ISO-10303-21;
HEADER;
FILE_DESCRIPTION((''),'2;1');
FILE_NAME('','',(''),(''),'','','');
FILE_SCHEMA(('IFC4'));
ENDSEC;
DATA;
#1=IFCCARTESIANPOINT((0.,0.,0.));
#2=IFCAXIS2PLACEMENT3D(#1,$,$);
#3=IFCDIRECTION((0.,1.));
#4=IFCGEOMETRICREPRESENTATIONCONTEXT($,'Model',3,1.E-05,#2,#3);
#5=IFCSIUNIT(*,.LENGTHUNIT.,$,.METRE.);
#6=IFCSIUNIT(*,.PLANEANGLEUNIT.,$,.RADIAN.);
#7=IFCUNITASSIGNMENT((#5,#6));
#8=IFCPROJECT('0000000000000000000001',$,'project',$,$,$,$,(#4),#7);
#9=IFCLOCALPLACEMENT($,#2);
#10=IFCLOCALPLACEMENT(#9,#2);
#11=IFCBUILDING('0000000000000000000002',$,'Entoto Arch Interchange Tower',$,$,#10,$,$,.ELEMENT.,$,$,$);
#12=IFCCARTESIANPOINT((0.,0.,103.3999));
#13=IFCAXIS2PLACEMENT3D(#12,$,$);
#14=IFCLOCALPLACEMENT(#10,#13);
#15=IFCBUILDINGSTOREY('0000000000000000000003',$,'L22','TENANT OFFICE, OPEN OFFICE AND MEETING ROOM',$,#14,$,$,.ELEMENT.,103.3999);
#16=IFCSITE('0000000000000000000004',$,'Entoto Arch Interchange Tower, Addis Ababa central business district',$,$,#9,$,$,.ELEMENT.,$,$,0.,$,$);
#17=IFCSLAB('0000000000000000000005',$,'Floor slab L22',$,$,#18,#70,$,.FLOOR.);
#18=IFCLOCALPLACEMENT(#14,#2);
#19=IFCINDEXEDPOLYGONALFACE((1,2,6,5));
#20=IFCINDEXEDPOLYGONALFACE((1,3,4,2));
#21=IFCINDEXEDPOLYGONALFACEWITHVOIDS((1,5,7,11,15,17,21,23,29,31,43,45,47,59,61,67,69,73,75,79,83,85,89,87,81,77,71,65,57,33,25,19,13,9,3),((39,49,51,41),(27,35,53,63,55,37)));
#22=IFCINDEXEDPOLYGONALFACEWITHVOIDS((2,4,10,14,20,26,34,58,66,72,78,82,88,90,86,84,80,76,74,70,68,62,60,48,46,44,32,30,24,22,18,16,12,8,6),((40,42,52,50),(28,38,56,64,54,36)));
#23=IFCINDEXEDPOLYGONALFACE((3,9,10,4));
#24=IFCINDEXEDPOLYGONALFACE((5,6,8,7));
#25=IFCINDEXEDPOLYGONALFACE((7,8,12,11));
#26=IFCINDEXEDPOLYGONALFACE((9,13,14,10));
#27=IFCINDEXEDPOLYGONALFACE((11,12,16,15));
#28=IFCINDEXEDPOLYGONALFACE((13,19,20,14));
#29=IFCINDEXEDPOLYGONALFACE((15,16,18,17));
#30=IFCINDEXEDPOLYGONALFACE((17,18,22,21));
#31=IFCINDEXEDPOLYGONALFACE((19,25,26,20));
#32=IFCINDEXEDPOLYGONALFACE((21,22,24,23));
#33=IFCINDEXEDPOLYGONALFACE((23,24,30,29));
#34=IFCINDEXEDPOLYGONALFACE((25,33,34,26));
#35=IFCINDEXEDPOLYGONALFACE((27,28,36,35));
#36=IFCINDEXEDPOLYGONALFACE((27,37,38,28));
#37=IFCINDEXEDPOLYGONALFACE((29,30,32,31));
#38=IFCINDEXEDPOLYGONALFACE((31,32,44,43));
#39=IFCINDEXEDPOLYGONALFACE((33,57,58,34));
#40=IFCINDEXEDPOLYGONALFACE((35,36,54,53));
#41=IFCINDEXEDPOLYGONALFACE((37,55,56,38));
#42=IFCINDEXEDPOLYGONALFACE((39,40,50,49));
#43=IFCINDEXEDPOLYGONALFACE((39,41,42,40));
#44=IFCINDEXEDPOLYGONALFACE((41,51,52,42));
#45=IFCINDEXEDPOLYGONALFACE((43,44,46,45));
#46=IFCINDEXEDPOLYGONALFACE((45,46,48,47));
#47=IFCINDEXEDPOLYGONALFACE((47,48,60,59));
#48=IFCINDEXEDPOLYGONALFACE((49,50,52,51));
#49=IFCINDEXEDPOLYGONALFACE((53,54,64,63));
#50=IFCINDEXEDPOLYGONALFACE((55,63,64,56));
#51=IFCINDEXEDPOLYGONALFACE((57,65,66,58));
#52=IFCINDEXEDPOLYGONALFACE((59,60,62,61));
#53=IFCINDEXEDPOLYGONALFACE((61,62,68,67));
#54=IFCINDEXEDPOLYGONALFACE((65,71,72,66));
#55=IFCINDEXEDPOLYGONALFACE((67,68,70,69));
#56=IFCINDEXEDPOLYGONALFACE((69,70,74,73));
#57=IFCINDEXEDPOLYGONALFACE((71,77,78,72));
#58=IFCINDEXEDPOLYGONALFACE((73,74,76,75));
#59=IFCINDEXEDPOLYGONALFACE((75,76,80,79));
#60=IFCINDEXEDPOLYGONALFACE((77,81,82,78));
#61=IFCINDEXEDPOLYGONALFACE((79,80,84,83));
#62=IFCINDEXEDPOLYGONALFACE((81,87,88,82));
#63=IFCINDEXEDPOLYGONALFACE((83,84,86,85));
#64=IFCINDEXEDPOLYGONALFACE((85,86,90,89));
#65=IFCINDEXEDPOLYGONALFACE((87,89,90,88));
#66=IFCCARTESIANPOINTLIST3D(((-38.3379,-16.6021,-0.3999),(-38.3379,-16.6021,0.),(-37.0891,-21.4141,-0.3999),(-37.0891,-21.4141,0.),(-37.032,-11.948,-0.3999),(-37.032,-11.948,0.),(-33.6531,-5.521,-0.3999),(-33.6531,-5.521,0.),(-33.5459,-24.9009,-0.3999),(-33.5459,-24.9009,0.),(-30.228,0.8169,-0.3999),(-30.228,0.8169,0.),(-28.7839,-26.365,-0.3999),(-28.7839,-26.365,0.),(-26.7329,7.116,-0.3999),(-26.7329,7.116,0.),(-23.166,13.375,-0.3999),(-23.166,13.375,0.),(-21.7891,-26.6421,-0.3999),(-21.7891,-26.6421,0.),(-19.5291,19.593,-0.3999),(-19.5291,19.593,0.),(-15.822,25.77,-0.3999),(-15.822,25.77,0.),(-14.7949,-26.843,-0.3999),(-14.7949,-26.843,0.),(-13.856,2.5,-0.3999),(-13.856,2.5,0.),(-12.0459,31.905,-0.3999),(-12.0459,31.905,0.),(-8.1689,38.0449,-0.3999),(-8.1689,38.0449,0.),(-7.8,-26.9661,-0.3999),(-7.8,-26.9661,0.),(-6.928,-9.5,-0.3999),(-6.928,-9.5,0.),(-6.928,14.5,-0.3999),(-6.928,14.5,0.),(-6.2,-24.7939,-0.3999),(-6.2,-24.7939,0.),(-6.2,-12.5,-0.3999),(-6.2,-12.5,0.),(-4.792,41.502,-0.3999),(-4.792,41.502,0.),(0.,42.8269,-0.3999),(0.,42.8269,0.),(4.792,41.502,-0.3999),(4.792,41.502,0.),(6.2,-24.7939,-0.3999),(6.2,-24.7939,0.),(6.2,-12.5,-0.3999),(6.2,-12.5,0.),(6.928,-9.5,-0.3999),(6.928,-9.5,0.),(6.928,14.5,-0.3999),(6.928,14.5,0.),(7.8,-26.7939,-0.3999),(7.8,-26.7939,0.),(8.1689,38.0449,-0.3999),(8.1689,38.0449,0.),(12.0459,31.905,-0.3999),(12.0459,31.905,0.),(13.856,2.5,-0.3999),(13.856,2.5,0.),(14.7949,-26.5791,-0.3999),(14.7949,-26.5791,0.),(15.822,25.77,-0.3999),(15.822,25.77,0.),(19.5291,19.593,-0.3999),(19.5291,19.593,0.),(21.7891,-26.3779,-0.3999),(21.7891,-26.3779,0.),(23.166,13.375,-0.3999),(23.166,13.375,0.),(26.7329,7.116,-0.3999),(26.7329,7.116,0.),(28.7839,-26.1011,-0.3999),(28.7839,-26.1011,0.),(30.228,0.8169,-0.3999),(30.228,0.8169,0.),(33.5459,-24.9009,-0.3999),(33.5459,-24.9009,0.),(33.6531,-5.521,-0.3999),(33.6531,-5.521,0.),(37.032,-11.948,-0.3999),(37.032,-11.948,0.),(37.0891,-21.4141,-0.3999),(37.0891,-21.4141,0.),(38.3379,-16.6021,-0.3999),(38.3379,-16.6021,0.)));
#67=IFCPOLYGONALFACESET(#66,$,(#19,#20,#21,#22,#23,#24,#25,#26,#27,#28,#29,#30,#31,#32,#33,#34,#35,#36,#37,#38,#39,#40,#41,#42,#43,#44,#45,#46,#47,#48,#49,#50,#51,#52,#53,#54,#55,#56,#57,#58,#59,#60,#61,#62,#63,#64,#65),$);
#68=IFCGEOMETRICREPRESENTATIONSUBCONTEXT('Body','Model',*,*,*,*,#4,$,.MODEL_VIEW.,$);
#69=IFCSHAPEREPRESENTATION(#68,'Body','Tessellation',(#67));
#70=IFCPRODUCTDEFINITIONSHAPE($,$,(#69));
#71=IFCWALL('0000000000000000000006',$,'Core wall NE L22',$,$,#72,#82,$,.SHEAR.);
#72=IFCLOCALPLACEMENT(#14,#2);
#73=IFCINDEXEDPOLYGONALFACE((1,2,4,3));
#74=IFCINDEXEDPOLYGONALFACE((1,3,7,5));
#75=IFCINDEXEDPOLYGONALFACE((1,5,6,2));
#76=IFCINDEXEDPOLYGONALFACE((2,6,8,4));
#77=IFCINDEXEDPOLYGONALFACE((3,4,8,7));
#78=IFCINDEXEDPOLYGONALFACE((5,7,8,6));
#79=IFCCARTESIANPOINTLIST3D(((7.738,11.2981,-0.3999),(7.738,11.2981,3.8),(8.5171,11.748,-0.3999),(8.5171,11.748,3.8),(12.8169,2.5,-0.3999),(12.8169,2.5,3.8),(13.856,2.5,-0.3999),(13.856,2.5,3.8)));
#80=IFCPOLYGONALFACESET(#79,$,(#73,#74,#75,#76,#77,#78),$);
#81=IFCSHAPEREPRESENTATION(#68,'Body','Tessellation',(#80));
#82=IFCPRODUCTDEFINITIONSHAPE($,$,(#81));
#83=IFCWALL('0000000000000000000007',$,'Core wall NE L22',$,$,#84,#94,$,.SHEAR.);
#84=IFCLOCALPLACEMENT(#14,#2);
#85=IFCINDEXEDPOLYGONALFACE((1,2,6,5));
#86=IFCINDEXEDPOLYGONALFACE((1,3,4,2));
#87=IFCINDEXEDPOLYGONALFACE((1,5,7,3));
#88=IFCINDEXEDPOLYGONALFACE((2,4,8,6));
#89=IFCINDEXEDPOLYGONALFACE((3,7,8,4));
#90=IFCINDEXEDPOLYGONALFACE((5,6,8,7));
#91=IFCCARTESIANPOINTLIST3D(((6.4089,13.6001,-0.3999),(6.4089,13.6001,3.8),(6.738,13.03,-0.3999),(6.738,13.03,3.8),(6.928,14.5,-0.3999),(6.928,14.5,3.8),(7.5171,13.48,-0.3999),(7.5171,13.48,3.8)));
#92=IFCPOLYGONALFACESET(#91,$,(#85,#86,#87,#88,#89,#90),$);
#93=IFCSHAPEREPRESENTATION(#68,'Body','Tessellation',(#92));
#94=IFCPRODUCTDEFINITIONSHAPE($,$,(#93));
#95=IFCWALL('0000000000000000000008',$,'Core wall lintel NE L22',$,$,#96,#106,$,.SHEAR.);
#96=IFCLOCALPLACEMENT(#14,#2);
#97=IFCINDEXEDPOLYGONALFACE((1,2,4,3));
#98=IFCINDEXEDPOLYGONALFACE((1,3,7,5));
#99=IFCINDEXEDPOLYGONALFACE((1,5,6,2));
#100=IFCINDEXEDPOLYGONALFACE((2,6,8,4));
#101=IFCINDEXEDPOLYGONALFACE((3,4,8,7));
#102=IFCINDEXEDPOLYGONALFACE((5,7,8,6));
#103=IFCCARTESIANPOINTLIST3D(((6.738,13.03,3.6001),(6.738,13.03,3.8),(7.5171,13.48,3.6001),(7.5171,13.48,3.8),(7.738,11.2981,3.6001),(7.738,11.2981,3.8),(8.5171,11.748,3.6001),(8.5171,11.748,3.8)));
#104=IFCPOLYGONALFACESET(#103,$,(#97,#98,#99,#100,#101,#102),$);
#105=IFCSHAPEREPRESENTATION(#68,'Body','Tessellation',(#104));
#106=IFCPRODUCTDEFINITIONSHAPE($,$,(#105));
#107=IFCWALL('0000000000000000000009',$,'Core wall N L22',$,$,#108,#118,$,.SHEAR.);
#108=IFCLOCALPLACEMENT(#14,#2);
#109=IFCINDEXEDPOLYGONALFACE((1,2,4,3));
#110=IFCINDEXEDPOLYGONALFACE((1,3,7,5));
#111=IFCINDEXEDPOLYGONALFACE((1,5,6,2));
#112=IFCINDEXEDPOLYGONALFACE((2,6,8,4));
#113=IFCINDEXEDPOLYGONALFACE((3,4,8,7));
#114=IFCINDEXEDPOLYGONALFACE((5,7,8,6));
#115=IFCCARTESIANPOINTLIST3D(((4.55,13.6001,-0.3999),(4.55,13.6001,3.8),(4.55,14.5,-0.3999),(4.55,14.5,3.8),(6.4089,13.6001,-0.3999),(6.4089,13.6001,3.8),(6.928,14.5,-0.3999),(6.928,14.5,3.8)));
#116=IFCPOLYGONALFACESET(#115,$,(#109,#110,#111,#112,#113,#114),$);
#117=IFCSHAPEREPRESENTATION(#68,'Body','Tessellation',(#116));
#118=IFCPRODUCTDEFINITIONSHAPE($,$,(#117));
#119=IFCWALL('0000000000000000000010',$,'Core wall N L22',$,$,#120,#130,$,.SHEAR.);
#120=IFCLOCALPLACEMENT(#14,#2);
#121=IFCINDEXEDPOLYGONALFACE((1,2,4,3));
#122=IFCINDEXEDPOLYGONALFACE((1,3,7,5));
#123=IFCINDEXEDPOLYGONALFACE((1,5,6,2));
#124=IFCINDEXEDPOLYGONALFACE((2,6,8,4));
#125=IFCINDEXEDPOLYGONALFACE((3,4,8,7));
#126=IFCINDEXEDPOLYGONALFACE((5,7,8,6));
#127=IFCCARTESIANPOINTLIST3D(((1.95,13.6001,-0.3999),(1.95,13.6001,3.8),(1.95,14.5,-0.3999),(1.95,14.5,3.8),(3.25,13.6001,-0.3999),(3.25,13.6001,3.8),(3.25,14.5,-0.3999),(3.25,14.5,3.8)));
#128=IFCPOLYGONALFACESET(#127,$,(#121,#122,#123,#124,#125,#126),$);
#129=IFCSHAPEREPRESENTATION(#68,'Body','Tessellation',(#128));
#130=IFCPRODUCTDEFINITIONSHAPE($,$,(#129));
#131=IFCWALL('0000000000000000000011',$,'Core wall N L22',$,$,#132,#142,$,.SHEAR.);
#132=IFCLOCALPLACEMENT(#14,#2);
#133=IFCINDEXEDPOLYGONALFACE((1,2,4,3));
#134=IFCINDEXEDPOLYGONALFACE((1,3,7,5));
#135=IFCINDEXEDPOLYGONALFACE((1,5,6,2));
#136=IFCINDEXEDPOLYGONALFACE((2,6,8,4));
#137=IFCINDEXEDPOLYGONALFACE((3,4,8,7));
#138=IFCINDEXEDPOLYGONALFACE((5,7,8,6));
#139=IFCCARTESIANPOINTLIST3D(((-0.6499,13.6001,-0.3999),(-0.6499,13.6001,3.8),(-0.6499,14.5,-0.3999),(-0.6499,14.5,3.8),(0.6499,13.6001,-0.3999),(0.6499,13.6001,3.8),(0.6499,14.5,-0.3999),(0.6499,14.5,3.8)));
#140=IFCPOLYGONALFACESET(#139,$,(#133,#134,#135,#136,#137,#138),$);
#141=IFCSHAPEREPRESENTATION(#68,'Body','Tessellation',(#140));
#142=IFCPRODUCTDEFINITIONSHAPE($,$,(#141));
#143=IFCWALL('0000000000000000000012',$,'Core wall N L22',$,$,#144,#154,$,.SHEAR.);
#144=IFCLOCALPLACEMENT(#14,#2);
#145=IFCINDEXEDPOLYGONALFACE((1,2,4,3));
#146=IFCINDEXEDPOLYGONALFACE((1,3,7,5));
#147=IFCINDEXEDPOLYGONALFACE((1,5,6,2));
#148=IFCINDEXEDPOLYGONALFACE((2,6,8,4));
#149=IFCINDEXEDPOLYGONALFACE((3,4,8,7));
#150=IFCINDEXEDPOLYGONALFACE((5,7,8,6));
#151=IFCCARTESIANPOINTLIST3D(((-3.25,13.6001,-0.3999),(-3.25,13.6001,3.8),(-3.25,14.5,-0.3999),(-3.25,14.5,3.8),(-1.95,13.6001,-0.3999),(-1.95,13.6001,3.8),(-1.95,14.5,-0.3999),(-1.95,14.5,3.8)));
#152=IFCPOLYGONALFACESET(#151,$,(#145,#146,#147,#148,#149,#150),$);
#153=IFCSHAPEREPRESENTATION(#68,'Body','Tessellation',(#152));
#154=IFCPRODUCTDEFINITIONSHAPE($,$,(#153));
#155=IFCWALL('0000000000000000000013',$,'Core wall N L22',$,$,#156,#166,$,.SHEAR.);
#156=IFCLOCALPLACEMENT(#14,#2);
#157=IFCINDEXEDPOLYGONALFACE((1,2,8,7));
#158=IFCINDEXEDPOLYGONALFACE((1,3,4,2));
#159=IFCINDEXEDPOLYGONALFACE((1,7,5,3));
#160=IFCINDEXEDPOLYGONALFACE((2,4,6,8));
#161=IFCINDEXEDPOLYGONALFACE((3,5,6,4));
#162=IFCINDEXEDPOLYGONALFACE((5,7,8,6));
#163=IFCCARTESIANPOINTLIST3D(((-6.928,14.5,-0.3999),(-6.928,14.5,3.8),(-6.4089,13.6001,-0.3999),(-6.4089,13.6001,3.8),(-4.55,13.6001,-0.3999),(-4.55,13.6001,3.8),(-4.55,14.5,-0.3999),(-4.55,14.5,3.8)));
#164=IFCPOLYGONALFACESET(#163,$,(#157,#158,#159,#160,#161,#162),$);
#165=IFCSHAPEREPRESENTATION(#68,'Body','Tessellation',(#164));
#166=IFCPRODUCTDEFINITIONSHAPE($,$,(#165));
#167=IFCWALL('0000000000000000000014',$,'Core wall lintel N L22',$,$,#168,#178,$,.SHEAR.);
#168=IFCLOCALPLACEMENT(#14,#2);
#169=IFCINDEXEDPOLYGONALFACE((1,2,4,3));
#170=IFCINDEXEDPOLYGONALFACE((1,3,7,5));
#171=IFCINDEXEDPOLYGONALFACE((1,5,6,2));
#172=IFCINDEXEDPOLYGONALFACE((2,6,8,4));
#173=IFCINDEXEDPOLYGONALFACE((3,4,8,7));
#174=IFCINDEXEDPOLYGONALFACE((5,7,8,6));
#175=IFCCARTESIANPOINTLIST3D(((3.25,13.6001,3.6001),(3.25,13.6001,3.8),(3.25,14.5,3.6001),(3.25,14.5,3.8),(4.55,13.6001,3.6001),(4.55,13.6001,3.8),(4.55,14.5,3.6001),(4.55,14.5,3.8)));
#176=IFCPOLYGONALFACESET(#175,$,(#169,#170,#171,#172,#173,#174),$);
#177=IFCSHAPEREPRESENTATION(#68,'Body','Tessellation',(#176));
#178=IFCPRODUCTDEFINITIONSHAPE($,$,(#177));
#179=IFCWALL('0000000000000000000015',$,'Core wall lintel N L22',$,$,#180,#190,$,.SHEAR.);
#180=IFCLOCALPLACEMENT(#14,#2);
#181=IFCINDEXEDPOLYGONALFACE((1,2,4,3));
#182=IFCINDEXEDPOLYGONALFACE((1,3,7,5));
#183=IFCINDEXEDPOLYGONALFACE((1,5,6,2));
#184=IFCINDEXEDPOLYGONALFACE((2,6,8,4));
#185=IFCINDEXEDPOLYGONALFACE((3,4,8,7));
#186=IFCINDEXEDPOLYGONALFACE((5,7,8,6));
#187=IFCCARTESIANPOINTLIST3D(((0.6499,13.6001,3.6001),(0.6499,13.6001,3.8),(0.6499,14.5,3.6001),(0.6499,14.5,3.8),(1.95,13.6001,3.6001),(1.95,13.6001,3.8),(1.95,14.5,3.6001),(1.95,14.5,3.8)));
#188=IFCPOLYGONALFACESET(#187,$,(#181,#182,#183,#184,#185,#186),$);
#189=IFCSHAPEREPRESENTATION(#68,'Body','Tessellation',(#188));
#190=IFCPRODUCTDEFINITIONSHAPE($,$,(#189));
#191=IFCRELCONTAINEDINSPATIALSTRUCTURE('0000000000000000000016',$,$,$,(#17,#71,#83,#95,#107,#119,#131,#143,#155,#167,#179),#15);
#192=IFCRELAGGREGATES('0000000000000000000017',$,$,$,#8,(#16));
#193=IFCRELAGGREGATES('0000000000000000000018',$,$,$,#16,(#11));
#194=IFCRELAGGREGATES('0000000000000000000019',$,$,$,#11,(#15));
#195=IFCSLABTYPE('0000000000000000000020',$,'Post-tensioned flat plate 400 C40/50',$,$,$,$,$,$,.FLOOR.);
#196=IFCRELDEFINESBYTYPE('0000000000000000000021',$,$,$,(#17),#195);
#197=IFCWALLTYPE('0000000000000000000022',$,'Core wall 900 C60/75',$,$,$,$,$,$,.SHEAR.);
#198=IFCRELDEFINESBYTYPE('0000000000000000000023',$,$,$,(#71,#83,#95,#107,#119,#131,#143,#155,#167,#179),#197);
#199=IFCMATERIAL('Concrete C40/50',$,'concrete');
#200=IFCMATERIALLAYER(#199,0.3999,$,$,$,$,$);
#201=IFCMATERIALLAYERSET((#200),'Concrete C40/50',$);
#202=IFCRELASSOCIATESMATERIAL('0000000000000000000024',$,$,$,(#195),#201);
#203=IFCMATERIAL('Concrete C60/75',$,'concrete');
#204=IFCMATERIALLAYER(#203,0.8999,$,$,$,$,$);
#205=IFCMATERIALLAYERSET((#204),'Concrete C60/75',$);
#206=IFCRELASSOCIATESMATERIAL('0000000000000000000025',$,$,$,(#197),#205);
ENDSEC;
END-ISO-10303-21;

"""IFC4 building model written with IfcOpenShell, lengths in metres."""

from ifc_helpers import new_model, si_unit, direction, frame, origin, place, context, subcontext, project, spatial, polyline, outline, extrude, material, layer, layer_set, type_object, element, save


model = new_model("IFC4")

# Units and contexts
model_context = context("Model", 3, precision=1e-05, world=origin(), true_north=direction((0.0, 1.0)))
body_context = subcontext(model_context, "Body", "Model", "MODEL_VIEW")
ifc_project = project(units=[si_unit("LENGTHUNIT", "METRE"), si_unit("PLANEANGLEUNIT", "RADIAN")], contexts=[model_context])

# Site, building, storey
site_placement = place(None, origin())
site = spatial("IfcSite", under=ifc_project, at=site_placement, Name="Entoto Arch Interchange Tower, Addis Ababa central business district", CompositionType="ELEMENT", RefElevation=0.0)
building_placement = place(site_placement, origin())
building = spatial("IfcBuilding", under=site, at=building_placement, Name="Entoto Arch Interchange Tower", CompositionType="ELEMENT")
storey_placement = place(building_placement, frame((0.0, 0.0, 103.3999)))
storey = spatial("IfcBuildingStorey", under=building, at=storey_placement, Name="L22", Description="TENANT OFFICE, OPEN OFFICE AND MEETING ROOM", CompositionType="ELEMENT", Elevation=103.3999)

# Slab
ifc_material_1 = material(Name="Concrete C40/50", Category="concrete")
ifc_layer_1 = layer(ifc_material_1, 0.3999)
ifc_layer_set_1 = layer_set([ifc_layer_1], Name="Concrete C40/50")
slab_type = type_object("IfcSlabType", Name="Post-tensioned flat plate 400 C40/50", PredefinedType="FLOOR", material=ifc_layer_set_1)
slab_placement = place(storey_placement, frame((0.0, 0.0, -0.3999)))
element("IfcSlab", 1, at=slab_placement, inside=storey, type_object=slab_type, Name="Floor slab L22", PredefinedType="FLOOR", context=body_context, shape_type="SweptSolid", body=[
    extrude(outline(polyline([(-28.7839, -26.365), (-21.7891, -26.6421), (-14.7949, -26.843), (-7.8, -26.9661), (7.8, -26.7939), (14.7949, -26.5791), (21.7891, -26.3779), (28.7839, -26.1011), (33.5459, -24.9009), (37.0891, -21.4141), (38.3379, -16.6021), (37.032, -11.948), (33.6531, -5.521), (30.228, 0.8169), (26.7329, 7.116), (23.166, 13.375), (19.5291, 19.593), (15.822, 25.77), (12.0459, 31.905), (8.1689, 38.0449), (4.792, 41.502), (0.0, 42.8269), (-4.792, 41.502), (-8.1689, 38.0449), (-12.0459, 31.905), (-15.822, 25.77), (-19.5291, 19.593), (-23.166, 13.375), (-26.7329, 7.116), (-30.228, 0.8169), (-33.6531, -5.521), (-37.032, -11.948), (-38.3379, -16.6021), (-37.0891, -21.4141), (-33.5459, -24.9009), (-28.7839, -26.365)]), holes=[polyline([(6.2, -24.7939), (6.2, -12.5), (-6.2, -12.5), (-6.2, -24.7939), (6.2, -24.7939)]), polyline([(13.856, 2.5), (6.928, 14.5), (-6.928, 14.5), (-13.856, 2.5), (-6.928, -9.5), (6.928, -9.5), (13.856, 2.5)])]), origin(), (0.0, 0.0, 1.0), 0.3999),
])

# Walls
ifc_material_2 = material(Name="Concrete C60/75", Category="concrete")
ifc_layer_2 = layer(ifc_material_2, 0.8999)
ifc_layer_set_2 = layer_set([ifc_layer_2], Name="Concrete C60/75")
wall_type_1 = type_object("IfcWallType", Name="Core wall 900 C60/75", PredefinedType="SHEAR", material=ifc_layer_set_2)
wall_1_placement = place(storey_placement, frame((0.0, 0.0, -0.3999)))
element("IfcWall", 2, at=wall_1_placement, inside=storey, type_object=wall_type_1, Name="Core wall NE L22", PredefinedType="SHEAR", context=body_context, shape_type="SweptSolid", body=[
    extrude(outline(polyline([(8.5171, 11.748), (7.738, 11.2981), (12.8169, 2.5), (13.856, 2.5), (8.5171, 11.748)])), origin(), (0.0, 0.0, 1.0), 4.2),
])
wall_2_placement = place(storey_placement, frame((0.0, 0.0, -0.3999)))
element("IfcWall", 3, at=wall_2_placement, inside=storey, type_object=wall_type_1, Name="Core wall NE L22", PredefinedType="SHEAR", context=body_context, shape_type="SweptSolid", body=[
    extrude(outline(polyline([(6.738, 13.03), (7.5171, 13.48), (6.928, 14.5), (6.4089, 13.6001), (6.738, 13.03)])), origin(), (0.0, 0.0, 1.0), 4.2),
])
wall_3_placement = place(storey_placement, frame((0.0, 0.0, 3.6001)))
element("IfcWall", 4, at=wall_3_placement, inside=storey, type_object=wall_type_1, Name="Core wall lintel NE L22", PredefinedType="SHEAR", context=body_context, shape_type="SweptSolid", body=[
    extrude(outline(polyline([(7.5171, 13.48), (6.738, 13.03), (7.738, 11.2981), (8.5171, 11.748), (7.5171, 13.48)])), origin(), (0.0, 0.0, 1.0), 0.2),
])
wall_4_placement = place(storey_placement, frame((0.0, 0.0, -0.3999)))
element("IfcWall", 5, at=wall_4_placement, inside=storey, type_object=wall_type_1, Name="Core wall N L22", PredefinedType="SHEAR", context=body_context, shape_type="SweptSolid", body=[
    extrude(outline(polyline([(4.55, 14.5), (4.55, 13.6001), (6.4089, 13.6001), (6.928, 14.5), (4.55, 14.5)])), origin(), (0.0, 0.0, 1.0), 4.2),
])
wall_5_placement = place(storey_placement, frame((0.0, 0.0, -0.3999)))
element("IfcWall", 6, at=wall_5_placement, inside=storey, type_object=wall_type_1, Name="Core wall N L22", PredefinedType="SHEAR", context=body_context, shape_type="SweptSolid", body=[
    extrude(outline(polyline([(1.95, 14.5), (1.95, 13.6001), (3.25, 13.6001), (3.25, 14.5), (1.95, 14.5)])), origin(), (0.0, 0.0, 1.0), 4.2),
])
wall_6_placement = place(storey_placement, frame((0.0, 0.0, -0.3999)))
element("IfcWall", 7, at=wall_6_placement, inside=storey, type_object=wall_type_1, Name="Core wall N L22", PredefinedType="SHEAR", context=body_context, shape_type="SweptSolid", body=[
    extrude(outline(polyline([(-0.6499, 14.5), (-0.6499, 13.6001), (0.6499, 13.6001), (0.6499, 14.5), (-0.6499, 14.5)])), origin(), (0.0, 0.0, 1.0), 4.2),
])
wall_7_placement = place(storey_placement, frame((0.0, 0.0, -0.3999)))
element("IfcWall", 8, at=wall_7_placement, inside=storey, type_object=wall_type_1, Name="Core wall N L22", PredefinedType="SHEAR", context=body_context, shape_type="SweptSolid", body=[
    extrude(outline(polyline([(-3.25, 14.5), (-3.25, 13.6001), (-1.95, 13.6001), (-1.95, 14.5), (-3.25, 14.5)])), origin(), (0.0, 0.0, 1.0), 4.2),
])
wall_8_placement = place(storey_placement, frame((0.0, 0.0, -0.3999)))
element("IfcWall", 9, at=wall_8_placement, inside=storey, type_object=wall_type_1, Name="Core wall N L22", PredefinedType="SHEAR", context=body_context, shape_type="SweptSolid", body=[
    extrude(outline(polyline([(-4.55, 13.6001), (-4.55, 14.5), (-6.928, 14.5), (-6.4089, 13.6001), (-4.55, 13.6001)])), origin(), (0.0, 0.0, 1.0), 4.2),
])
wall_9_placement = place(storey_placement, frame((0.0, 0.0, 3.6001)))
element("IfcWall", 10, at=wall_9_placement, inside=storey, type_object=wall_type_1, Name="Core wall lintel N L22", PredefinedType="SHEAR", context=body_context, shape_type="SweptSolid", body=[
    extrude(outline(polyline([(3.25, 14.5), (3.25, 13.6001), (4.55, 13.6001), (4.55, 14.5), (3.25, 14.5)])), origin(), (0.0, 0.0, 1.0), 0.2),
])
wall_10_placement = place(storey_placement, frame((0.0, 0.0, 3.6001)))
element("IfcWall", 11, at=wall_10_placement, inside=storey, type_object=wall_type_1, Name="Core wall lintel N L22", PredefinedType="SHEAR", context=body_context, shape_type="SweptSolid", body=[
    extrude(outline(polyline([(0.6499, 14.5), (0.6499, 13.6001), (1.95, 13.6001), (1.95, 14.5), (0.6499, 14.5)])), origin(), (0.0, 0.0, 1.0), 0.2),
])

save(model, "model.ifc")
